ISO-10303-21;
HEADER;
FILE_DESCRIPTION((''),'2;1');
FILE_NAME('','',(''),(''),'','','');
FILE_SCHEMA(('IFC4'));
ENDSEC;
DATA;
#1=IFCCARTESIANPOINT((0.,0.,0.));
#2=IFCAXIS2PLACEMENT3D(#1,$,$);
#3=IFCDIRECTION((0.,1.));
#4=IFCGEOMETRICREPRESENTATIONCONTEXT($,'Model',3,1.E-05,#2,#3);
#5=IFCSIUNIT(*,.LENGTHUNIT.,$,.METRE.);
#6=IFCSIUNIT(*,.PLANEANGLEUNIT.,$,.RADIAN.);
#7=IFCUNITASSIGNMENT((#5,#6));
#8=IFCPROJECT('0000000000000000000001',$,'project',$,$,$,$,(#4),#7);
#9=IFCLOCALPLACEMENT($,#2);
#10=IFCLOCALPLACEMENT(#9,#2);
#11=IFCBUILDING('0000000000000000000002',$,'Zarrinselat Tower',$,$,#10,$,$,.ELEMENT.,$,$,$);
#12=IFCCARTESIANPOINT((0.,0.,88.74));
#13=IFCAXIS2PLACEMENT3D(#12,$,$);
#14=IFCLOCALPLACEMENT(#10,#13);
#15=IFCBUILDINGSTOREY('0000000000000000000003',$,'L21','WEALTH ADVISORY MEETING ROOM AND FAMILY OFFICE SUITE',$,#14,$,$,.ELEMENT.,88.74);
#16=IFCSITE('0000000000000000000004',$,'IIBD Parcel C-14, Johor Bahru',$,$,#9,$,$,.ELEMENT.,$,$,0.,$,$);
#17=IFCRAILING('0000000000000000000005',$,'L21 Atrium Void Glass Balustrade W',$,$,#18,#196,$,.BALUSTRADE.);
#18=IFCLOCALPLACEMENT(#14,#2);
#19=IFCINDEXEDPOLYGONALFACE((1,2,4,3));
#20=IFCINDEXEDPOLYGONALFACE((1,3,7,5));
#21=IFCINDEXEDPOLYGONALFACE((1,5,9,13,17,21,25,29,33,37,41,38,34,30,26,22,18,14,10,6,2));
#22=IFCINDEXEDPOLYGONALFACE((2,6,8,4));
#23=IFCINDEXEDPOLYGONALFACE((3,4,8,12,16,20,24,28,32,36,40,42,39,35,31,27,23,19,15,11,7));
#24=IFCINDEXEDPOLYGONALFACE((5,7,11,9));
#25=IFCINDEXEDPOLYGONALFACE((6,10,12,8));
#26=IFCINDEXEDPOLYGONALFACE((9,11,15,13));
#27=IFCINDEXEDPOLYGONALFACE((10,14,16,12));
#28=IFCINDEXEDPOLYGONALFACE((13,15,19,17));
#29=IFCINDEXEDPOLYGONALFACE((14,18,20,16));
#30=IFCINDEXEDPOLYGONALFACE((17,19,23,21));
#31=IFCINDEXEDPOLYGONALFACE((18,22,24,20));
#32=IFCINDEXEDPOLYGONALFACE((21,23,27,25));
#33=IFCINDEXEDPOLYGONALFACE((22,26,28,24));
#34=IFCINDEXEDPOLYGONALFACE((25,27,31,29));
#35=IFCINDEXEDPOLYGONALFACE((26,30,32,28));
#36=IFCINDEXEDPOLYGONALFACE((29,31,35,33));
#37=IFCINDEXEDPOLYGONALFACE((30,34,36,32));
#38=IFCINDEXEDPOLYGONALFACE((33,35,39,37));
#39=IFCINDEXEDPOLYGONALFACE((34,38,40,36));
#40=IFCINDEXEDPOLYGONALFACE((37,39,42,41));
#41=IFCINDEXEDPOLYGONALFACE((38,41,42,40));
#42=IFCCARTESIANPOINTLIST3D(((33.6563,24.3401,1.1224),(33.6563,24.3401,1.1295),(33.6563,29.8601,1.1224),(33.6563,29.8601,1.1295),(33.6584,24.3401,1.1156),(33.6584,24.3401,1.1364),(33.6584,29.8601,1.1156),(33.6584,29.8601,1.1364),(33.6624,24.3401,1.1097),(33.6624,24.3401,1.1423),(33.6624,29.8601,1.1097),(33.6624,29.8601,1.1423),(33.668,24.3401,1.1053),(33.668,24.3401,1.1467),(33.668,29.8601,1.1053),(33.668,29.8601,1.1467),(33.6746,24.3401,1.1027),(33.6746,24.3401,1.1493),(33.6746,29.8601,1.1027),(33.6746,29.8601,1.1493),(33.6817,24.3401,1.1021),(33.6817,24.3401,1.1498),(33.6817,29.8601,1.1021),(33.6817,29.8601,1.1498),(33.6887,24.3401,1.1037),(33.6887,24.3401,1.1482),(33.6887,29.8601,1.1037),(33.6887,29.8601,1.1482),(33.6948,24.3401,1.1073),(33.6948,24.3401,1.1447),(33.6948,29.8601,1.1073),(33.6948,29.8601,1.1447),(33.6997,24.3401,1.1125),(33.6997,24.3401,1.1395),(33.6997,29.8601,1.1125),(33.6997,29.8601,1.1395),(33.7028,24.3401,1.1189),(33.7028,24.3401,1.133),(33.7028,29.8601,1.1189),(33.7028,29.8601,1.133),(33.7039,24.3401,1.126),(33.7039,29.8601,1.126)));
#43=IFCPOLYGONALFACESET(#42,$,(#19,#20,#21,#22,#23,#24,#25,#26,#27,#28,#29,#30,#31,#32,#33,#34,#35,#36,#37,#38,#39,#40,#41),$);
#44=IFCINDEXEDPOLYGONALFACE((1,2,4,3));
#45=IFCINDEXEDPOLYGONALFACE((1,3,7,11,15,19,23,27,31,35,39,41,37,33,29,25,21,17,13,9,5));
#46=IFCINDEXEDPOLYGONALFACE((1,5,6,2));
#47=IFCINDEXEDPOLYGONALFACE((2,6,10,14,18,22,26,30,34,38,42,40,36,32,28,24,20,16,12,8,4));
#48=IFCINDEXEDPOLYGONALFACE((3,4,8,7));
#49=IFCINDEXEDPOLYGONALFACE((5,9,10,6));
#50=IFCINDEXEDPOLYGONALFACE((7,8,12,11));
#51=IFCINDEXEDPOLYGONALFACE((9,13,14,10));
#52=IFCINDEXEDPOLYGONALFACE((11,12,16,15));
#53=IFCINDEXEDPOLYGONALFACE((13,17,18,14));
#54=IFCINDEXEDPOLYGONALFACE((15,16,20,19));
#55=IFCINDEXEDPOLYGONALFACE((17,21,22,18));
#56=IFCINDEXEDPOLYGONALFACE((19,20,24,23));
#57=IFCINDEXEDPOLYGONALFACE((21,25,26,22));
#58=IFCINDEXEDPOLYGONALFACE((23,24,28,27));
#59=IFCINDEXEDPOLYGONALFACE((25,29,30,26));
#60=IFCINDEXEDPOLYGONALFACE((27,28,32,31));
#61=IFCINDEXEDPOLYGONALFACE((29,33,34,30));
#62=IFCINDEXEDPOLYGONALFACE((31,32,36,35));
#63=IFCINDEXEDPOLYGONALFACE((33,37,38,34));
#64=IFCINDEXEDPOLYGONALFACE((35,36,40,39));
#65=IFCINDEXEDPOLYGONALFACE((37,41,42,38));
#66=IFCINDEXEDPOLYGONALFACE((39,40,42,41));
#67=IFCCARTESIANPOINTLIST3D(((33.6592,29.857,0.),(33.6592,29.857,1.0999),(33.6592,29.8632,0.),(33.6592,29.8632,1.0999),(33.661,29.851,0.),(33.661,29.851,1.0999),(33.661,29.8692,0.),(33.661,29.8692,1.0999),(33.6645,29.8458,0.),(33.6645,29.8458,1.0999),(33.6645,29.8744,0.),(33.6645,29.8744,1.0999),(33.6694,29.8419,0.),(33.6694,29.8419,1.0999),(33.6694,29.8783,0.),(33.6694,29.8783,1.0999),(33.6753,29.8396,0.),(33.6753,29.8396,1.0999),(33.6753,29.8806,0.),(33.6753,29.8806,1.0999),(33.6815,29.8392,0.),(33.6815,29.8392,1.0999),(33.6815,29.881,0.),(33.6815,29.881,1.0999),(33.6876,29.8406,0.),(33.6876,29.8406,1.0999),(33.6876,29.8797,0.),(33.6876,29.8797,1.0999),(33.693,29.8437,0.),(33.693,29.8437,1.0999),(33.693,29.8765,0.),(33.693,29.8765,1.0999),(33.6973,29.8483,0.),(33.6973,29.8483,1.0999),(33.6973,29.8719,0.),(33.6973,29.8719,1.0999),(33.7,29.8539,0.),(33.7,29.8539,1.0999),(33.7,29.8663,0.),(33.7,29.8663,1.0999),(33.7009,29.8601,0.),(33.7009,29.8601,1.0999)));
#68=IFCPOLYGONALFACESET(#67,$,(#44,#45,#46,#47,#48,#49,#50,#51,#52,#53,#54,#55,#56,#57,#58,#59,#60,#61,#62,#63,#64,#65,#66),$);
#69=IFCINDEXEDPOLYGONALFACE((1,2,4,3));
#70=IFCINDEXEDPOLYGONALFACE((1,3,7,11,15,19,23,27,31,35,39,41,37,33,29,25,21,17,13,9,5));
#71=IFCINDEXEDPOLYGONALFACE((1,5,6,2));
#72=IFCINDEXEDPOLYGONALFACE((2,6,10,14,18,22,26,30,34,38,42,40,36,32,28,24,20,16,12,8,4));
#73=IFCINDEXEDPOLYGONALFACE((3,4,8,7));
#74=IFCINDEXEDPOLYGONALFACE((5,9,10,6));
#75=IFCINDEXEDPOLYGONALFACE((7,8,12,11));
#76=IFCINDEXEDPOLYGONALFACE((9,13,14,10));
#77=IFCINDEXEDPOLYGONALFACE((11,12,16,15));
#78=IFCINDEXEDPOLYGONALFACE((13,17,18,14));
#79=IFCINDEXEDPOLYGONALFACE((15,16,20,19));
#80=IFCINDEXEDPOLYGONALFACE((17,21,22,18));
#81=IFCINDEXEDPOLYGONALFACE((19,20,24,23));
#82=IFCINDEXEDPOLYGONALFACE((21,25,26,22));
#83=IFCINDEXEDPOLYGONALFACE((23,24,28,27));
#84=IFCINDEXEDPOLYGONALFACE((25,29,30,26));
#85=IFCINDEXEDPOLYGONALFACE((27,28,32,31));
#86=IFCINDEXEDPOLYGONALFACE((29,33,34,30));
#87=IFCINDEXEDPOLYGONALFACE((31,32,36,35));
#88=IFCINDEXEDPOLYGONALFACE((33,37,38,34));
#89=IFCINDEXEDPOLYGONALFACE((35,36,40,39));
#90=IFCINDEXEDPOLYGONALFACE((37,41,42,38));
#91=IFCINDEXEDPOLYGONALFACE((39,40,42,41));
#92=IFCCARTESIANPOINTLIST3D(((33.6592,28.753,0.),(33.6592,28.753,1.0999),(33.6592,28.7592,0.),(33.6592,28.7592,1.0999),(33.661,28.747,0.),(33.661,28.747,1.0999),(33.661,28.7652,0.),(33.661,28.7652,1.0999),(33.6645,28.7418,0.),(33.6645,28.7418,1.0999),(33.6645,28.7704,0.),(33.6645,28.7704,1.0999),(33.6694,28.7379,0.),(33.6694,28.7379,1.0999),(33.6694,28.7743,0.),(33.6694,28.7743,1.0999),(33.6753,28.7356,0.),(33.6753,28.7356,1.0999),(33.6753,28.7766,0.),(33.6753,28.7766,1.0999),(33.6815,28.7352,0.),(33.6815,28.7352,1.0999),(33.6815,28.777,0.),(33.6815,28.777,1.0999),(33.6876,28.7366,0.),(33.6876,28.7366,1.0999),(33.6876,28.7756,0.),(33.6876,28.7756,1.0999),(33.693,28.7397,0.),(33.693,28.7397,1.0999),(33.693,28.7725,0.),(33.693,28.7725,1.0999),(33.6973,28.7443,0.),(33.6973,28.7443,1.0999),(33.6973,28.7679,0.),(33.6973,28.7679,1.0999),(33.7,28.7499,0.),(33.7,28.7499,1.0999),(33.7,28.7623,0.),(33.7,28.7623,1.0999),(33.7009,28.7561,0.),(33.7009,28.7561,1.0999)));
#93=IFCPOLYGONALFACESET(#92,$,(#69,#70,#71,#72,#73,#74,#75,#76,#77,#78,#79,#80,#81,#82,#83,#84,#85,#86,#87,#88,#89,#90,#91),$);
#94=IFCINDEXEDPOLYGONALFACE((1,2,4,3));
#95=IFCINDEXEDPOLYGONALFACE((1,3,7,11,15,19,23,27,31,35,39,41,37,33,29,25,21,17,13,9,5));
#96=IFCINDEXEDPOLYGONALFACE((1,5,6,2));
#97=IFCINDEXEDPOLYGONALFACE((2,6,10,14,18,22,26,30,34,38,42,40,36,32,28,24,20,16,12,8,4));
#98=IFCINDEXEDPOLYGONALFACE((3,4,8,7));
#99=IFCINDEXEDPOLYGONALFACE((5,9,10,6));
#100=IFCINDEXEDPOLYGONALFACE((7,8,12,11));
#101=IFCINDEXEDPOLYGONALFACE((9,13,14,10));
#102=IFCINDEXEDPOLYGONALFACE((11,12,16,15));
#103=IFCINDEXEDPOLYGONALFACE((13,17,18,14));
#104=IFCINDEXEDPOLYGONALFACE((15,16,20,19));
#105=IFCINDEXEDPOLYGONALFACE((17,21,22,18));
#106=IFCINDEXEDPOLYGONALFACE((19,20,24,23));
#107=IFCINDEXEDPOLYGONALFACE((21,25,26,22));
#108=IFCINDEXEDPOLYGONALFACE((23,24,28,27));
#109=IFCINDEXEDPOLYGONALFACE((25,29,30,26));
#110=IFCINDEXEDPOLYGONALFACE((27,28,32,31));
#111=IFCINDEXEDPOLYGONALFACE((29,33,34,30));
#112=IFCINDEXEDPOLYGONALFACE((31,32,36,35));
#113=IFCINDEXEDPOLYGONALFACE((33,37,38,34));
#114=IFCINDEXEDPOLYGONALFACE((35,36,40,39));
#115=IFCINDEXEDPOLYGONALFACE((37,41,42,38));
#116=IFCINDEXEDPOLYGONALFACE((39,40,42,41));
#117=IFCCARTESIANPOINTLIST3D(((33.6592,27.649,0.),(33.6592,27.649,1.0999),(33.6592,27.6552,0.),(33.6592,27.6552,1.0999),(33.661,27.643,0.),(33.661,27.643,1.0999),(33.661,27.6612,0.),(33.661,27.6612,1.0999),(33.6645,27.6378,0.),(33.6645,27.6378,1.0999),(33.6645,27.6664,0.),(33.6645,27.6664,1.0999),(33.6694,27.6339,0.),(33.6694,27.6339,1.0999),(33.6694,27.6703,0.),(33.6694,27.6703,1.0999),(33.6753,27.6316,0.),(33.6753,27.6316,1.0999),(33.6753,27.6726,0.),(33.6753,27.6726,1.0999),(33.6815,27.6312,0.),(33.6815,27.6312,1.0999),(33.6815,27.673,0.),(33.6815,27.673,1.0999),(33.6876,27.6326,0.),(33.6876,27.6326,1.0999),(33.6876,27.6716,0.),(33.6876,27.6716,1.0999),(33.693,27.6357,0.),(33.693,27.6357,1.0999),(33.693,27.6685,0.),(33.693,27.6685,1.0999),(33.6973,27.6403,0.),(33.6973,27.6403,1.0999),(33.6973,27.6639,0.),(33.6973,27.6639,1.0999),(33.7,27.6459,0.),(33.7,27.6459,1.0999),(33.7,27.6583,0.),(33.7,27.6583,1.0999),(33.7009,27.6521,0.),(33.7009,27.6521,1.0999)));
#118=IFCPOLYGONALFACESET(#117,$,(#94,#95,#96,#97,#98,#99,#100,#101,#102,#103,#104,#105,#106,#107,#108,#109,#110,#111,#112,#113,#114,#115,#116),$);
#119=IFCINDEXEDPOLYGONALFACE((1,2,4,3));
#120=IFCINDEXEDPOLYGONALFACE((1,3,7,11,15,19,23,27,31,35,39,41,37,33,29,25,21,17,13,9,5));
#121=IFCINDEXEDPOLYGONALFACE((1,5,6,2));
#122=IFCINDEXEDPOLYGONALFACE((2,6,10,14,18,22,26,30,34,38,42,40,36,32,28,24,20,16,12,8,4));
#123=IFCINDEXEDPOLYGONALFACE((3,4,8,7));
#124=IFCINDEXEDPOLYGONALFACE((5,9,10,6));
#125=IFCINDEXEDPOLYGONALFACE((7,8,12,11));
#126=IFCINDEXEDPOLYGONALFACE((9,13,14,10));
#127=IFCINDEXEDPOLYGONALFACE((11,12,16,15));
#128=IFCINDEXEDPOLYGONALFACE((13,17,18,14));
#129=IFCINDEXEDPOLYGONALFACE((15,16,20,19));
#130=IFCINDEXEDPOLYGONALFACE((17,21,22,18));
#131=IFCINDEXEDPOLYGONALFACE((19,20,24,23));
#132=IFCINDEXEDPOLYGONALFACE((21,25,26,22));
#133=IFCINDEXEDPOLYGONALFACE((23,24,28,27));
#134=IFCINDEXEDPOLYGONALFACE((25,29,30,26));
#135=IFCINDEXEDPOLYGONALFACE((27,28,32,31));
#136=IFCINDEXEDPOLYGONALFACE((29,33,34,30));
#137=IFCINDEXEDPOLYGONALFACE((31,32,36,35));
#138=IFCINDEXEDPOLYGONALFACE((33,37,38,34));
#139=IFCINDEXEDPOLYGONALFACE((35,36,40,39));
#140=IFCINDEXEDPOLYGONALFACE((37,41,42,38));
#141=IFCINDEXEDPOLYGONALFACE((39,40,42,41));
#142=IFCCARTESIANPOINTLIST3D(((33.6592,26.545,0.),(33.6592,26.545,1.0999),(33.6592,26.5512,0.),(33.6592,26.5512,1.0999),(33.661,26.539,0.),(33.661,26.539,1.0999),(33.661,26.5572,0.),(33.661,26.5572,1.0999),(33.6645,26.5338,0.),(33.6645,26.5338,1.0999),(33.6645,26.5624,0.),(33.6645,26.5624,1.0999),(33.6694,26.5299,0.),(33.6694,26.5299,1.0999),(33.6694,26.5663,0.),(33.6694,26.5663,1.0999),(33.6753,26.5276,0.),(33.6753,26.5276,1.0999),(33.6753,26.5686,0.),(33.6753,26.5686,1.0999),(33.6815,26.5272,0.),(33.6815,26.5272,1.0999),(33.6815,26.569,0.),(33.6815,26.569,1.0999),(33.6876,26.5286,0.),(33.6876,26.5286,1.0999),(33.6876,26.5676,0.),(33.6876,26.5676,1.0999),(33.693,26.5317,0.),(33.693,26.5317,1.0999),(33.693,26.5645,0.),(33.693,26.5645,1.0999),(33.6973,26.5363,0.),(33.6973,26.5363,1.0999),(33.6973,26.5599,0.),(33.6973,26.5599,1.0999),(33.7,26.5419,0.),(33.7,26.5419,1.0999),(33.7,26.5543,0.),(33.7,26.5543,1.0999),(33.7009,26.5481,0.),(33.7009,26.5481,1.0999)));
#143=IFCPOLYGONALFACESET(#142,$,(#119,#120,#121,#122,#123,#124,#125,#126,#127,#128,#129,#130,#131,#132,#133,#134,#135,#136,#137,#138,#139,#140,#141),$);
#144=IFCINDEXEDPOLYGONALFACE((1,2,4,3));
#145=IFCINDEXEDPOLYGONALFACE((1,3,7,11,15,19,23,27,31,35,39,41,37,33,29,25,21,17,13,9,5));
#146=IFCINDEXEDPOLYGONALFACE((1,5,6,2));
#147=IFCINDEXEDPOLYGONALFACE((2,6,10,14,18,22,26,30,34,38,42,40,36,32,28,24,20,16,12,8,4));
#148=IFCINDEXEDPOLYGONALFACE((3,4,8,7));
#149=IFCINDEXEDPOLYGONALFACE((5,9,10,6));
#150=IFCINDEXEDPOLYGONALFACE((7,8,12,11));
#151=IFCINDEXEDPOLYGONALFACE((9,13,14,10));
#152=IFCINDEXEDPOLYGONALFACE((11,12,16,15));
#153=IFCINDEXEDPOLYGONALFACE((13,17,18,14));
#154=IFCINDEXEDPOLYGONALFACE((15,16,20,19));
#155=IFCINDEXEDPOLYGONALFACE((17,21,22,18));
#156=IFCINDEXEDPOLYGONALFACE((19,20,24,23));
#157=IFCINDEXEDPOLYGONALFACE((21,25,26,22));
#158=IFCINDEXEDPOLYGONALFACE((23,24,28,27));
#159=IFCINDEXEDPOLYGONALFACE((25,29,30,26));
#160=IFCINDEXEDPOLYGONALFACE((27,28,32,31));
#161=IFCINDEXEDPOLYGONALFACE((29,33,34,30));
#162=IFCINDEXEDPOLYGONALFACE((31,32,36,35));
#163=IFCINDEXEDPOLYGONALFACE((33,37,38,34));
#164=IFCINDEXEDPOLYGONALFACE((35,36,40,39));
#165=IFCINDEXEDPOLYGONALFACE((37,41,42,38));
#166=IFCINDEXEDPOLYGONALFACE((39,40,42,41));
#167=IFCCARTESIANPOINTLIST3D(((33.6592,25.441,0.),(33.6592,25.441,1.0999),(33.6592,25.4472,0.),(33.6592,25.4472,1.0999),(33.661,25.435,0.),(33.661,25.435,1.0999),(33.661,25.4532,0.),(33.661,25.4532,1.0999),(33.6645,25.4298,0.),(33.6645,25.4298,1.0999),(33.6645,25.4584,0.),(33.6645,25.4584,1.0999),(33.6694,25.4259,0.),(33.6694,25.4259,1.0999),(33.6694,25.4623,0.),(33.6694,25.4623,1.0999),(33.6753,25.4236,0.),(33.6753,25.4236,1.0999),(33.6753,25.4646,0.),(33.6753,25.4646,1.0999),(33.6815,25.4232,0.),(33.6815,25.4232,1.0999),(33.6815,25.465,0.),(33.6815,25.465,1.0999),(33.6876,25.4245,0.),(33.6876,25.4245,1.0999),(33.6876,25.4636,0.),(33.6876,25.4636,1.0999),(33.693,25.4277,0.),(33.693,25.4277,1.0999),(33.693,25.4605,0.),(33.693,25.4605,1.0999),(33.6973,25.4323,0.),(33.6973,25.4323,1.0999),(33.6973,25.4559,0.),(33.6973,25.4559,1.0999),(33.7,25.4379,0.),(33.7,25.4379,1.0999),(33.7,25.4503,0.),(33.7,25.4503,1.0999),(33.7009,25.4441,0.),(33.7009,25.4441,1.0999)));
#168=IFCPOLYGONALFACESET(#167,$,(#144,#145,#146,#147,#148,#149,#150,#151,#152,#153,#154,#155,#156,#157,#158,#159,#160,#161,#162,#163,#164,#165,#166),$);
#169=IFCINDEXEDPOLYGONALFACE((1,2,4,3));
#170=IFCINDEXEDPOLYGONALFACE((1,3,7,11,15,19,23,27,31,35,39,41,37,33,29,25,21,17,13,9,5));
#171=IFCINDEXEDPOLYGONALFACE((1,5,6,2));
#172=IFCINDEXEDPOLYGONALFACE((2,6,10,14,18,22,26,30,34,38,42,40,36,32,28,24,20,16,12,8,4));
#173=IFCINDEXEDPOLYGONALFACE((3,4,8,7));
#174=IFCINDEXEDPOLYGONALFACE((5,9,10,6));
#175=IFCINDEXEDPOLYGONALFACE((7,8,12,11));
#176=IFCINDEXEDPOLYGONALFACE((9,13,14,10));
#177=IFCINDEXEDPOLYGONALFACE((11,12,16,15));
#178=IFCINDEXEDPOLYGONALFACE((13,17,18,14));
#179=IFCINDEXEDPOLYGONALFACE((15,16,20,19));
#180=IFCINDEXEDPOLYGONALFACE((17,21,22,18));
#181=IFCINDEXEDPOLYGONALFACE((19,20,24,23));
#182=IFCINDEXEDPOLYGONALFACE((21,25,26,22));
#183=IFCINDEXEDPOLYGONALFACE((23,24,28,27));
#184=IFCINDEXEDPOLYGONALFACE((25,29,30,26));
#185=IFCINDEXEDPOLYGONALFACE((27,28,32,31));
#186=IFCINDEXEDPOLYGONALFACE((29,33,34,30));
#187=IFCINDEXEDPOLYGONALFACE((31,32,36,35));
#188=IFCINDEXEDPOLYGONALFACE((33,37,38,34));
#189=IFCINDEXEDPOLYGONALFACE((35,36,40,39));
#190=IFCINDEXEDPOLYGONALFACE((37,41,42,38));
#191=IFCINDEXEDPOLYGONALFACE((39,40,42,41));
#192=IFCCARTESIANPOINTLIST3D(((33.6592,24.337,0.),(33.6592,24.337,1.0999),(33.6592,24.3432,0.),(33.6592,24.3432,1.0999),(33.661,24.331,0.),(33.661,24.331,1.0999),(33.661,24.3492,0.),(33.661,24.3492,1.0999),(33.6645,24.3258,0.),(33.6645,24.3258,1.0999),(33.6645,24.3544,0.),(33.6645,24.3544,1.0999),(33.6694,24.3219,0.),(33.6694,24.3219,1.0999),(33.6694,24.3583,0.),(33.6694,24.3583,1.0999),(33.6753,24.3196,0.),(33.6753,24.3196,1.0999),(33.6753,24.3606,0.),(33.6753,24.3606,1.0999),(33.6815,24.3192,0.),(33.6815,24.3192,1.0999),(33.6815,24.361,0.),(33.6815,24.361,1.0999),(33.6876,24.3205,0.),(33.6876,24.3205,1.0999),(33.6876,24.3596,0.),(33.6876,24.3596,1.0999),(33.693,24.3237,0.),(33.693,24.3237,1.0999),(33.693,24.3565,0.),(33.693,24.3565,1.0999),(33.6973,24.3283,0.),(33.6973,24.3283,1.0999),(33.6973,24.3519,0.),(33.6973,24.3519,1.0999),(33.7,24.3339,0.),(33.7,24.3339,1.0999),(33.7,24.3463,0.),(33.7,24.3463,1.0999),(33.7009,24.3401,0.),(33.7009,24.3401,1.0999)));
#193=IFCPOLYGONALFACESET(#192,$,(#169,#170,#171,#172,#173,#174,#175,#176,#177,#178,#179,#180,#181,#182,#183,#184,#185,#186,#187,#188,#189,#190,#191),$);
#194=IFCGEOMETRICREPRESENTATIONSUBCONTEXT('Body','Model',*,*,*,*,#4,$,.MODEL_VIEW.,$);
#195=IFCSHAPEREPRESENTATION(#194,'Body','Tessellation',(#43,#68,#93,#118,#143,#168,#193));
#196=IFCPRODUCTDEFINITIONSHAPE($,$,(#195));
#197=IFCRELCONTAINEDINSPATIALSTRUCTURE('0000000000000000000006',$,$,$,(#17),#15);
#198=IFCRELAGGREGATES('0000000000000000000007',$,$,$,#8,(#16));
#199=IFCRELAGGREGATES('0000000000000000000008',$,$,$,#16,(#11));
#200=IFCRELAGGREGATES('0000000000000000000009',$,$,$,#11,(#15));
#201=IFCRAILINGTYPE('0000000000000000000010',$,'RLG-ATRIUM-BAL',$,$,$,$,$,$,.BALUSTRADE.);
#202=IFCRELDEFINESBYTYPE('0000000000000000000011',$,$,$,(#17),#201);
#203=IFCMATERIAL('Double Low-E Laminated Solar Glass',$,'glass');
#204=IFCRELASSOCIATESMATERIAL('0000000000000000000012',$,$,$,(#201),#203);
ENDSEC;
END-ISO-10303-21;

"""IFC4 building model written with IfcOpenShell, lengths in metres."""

from ifc_helpers import new_model, si_unit, direction, frame, origin, origin_2d, place, context, subcontext, project, spatial, circle, extrude, material, type_object, element, save


model = new_model("IFC4")

# Units and contexts
model_context = context("Model", 3, precision=1e-05, world=origin(), true_north=direction((0.0, 1.0)))
body_context = subcontext(model_context, "Body", "Model", "MODEL_VIEW")
ifc_project = project(units=[si_unit("LENGTHUNIT", "METRE"), si_unit("PLANEANGLEUNIT", "RADIAN")], contexts=[model_context])

# Site, building, storey
site_placement = place(None, origin())
site = spatial("IfcSite", under=ifc_project, at=site_placement, Name="IIBD Parcel C-14, Johor Bahru", CompositionType="ELEMENT", RefElevation=0.0)
building_placement = place(site_placement, origin())
building = spatial("IfcBuilding", under=site, at=building_placement, Name="Zarrinselat Tower", CompositionType="ELEMENT")
storey_placement = place(building_placement, frame((0.0, 0.0, 88.74)))
storey = spatial("IfcBuildingStorey", under=building, at=storey_placement, Name="L21", Description="WEALTH ADVISORY MEETING ROOM AND FAMILY OFFICE SUITE", CompositionType="ELEMENT", Elevation=88.74)

# Railing
ifc_material_1 = material(Name="Double Low-E Laminated Solar Glass", Category="glass")
railing_type_1 = type_object("IfcRailingType", Name="RLG-ATRIUM-BAL", PredefinedType="BALUSTRADE", material=ifc_material_1)
railing_1_placement = place(storey_placement, frame((33.6799, 29.8601, 0.0)))
element("IfcRailing", 1, at=railing_1_placement, inside=storey, type_object=railing_type_1, Name="L21 Atrium Void Glass Balustrade W", PredefinedType="BALUSTRADE", context=body_context, shape_type="SweptSolid", body=[
    extrude(circle(Radius=0.0239, at=origin_2d()), frame((0.0, 0.0, 1.126), z_axis=(0.0, -1.0, 0.0), x_axis=(1.0, 0.0, 0.0)), (0.0, 0.0, 1.0), 5.52),
    extrude(circle(Radius=0.021, at=origin_2d()), origin(), (0.0, 0.0, 1.0), 1.0999),
    extrude(circle(Radius=0.021, at=origin_2d()), frame((0.0, -1.104, 0.0)), (0.0, 0.0, 1.0), 1.0999),
    extrude(circle(Radius=0.021, at=origin_2d()), frame((0.0, -2.208, 0.0)), (0.0, 0.0, 1.0), 1.0999),
    extrude(circle(Radius=0.021, at=origin_2d()), frame((0.0, -3.312, 0.0)), (0.0, 0.0, 1.0), 1.0999),
    extrude(circle(Radius=0.021, at=origin_2d()), frame((0.0, -4.416, 0.0)), (0.0, 0.0, 1.0), 1.0999),
    extrude(circle(Radius=0.021, at=origin_2d()), frame((0.0, -5.52, 0.0)), (0.0, 0.0, 1.0), 1.0999),
])

save(model, "model.ifc")
